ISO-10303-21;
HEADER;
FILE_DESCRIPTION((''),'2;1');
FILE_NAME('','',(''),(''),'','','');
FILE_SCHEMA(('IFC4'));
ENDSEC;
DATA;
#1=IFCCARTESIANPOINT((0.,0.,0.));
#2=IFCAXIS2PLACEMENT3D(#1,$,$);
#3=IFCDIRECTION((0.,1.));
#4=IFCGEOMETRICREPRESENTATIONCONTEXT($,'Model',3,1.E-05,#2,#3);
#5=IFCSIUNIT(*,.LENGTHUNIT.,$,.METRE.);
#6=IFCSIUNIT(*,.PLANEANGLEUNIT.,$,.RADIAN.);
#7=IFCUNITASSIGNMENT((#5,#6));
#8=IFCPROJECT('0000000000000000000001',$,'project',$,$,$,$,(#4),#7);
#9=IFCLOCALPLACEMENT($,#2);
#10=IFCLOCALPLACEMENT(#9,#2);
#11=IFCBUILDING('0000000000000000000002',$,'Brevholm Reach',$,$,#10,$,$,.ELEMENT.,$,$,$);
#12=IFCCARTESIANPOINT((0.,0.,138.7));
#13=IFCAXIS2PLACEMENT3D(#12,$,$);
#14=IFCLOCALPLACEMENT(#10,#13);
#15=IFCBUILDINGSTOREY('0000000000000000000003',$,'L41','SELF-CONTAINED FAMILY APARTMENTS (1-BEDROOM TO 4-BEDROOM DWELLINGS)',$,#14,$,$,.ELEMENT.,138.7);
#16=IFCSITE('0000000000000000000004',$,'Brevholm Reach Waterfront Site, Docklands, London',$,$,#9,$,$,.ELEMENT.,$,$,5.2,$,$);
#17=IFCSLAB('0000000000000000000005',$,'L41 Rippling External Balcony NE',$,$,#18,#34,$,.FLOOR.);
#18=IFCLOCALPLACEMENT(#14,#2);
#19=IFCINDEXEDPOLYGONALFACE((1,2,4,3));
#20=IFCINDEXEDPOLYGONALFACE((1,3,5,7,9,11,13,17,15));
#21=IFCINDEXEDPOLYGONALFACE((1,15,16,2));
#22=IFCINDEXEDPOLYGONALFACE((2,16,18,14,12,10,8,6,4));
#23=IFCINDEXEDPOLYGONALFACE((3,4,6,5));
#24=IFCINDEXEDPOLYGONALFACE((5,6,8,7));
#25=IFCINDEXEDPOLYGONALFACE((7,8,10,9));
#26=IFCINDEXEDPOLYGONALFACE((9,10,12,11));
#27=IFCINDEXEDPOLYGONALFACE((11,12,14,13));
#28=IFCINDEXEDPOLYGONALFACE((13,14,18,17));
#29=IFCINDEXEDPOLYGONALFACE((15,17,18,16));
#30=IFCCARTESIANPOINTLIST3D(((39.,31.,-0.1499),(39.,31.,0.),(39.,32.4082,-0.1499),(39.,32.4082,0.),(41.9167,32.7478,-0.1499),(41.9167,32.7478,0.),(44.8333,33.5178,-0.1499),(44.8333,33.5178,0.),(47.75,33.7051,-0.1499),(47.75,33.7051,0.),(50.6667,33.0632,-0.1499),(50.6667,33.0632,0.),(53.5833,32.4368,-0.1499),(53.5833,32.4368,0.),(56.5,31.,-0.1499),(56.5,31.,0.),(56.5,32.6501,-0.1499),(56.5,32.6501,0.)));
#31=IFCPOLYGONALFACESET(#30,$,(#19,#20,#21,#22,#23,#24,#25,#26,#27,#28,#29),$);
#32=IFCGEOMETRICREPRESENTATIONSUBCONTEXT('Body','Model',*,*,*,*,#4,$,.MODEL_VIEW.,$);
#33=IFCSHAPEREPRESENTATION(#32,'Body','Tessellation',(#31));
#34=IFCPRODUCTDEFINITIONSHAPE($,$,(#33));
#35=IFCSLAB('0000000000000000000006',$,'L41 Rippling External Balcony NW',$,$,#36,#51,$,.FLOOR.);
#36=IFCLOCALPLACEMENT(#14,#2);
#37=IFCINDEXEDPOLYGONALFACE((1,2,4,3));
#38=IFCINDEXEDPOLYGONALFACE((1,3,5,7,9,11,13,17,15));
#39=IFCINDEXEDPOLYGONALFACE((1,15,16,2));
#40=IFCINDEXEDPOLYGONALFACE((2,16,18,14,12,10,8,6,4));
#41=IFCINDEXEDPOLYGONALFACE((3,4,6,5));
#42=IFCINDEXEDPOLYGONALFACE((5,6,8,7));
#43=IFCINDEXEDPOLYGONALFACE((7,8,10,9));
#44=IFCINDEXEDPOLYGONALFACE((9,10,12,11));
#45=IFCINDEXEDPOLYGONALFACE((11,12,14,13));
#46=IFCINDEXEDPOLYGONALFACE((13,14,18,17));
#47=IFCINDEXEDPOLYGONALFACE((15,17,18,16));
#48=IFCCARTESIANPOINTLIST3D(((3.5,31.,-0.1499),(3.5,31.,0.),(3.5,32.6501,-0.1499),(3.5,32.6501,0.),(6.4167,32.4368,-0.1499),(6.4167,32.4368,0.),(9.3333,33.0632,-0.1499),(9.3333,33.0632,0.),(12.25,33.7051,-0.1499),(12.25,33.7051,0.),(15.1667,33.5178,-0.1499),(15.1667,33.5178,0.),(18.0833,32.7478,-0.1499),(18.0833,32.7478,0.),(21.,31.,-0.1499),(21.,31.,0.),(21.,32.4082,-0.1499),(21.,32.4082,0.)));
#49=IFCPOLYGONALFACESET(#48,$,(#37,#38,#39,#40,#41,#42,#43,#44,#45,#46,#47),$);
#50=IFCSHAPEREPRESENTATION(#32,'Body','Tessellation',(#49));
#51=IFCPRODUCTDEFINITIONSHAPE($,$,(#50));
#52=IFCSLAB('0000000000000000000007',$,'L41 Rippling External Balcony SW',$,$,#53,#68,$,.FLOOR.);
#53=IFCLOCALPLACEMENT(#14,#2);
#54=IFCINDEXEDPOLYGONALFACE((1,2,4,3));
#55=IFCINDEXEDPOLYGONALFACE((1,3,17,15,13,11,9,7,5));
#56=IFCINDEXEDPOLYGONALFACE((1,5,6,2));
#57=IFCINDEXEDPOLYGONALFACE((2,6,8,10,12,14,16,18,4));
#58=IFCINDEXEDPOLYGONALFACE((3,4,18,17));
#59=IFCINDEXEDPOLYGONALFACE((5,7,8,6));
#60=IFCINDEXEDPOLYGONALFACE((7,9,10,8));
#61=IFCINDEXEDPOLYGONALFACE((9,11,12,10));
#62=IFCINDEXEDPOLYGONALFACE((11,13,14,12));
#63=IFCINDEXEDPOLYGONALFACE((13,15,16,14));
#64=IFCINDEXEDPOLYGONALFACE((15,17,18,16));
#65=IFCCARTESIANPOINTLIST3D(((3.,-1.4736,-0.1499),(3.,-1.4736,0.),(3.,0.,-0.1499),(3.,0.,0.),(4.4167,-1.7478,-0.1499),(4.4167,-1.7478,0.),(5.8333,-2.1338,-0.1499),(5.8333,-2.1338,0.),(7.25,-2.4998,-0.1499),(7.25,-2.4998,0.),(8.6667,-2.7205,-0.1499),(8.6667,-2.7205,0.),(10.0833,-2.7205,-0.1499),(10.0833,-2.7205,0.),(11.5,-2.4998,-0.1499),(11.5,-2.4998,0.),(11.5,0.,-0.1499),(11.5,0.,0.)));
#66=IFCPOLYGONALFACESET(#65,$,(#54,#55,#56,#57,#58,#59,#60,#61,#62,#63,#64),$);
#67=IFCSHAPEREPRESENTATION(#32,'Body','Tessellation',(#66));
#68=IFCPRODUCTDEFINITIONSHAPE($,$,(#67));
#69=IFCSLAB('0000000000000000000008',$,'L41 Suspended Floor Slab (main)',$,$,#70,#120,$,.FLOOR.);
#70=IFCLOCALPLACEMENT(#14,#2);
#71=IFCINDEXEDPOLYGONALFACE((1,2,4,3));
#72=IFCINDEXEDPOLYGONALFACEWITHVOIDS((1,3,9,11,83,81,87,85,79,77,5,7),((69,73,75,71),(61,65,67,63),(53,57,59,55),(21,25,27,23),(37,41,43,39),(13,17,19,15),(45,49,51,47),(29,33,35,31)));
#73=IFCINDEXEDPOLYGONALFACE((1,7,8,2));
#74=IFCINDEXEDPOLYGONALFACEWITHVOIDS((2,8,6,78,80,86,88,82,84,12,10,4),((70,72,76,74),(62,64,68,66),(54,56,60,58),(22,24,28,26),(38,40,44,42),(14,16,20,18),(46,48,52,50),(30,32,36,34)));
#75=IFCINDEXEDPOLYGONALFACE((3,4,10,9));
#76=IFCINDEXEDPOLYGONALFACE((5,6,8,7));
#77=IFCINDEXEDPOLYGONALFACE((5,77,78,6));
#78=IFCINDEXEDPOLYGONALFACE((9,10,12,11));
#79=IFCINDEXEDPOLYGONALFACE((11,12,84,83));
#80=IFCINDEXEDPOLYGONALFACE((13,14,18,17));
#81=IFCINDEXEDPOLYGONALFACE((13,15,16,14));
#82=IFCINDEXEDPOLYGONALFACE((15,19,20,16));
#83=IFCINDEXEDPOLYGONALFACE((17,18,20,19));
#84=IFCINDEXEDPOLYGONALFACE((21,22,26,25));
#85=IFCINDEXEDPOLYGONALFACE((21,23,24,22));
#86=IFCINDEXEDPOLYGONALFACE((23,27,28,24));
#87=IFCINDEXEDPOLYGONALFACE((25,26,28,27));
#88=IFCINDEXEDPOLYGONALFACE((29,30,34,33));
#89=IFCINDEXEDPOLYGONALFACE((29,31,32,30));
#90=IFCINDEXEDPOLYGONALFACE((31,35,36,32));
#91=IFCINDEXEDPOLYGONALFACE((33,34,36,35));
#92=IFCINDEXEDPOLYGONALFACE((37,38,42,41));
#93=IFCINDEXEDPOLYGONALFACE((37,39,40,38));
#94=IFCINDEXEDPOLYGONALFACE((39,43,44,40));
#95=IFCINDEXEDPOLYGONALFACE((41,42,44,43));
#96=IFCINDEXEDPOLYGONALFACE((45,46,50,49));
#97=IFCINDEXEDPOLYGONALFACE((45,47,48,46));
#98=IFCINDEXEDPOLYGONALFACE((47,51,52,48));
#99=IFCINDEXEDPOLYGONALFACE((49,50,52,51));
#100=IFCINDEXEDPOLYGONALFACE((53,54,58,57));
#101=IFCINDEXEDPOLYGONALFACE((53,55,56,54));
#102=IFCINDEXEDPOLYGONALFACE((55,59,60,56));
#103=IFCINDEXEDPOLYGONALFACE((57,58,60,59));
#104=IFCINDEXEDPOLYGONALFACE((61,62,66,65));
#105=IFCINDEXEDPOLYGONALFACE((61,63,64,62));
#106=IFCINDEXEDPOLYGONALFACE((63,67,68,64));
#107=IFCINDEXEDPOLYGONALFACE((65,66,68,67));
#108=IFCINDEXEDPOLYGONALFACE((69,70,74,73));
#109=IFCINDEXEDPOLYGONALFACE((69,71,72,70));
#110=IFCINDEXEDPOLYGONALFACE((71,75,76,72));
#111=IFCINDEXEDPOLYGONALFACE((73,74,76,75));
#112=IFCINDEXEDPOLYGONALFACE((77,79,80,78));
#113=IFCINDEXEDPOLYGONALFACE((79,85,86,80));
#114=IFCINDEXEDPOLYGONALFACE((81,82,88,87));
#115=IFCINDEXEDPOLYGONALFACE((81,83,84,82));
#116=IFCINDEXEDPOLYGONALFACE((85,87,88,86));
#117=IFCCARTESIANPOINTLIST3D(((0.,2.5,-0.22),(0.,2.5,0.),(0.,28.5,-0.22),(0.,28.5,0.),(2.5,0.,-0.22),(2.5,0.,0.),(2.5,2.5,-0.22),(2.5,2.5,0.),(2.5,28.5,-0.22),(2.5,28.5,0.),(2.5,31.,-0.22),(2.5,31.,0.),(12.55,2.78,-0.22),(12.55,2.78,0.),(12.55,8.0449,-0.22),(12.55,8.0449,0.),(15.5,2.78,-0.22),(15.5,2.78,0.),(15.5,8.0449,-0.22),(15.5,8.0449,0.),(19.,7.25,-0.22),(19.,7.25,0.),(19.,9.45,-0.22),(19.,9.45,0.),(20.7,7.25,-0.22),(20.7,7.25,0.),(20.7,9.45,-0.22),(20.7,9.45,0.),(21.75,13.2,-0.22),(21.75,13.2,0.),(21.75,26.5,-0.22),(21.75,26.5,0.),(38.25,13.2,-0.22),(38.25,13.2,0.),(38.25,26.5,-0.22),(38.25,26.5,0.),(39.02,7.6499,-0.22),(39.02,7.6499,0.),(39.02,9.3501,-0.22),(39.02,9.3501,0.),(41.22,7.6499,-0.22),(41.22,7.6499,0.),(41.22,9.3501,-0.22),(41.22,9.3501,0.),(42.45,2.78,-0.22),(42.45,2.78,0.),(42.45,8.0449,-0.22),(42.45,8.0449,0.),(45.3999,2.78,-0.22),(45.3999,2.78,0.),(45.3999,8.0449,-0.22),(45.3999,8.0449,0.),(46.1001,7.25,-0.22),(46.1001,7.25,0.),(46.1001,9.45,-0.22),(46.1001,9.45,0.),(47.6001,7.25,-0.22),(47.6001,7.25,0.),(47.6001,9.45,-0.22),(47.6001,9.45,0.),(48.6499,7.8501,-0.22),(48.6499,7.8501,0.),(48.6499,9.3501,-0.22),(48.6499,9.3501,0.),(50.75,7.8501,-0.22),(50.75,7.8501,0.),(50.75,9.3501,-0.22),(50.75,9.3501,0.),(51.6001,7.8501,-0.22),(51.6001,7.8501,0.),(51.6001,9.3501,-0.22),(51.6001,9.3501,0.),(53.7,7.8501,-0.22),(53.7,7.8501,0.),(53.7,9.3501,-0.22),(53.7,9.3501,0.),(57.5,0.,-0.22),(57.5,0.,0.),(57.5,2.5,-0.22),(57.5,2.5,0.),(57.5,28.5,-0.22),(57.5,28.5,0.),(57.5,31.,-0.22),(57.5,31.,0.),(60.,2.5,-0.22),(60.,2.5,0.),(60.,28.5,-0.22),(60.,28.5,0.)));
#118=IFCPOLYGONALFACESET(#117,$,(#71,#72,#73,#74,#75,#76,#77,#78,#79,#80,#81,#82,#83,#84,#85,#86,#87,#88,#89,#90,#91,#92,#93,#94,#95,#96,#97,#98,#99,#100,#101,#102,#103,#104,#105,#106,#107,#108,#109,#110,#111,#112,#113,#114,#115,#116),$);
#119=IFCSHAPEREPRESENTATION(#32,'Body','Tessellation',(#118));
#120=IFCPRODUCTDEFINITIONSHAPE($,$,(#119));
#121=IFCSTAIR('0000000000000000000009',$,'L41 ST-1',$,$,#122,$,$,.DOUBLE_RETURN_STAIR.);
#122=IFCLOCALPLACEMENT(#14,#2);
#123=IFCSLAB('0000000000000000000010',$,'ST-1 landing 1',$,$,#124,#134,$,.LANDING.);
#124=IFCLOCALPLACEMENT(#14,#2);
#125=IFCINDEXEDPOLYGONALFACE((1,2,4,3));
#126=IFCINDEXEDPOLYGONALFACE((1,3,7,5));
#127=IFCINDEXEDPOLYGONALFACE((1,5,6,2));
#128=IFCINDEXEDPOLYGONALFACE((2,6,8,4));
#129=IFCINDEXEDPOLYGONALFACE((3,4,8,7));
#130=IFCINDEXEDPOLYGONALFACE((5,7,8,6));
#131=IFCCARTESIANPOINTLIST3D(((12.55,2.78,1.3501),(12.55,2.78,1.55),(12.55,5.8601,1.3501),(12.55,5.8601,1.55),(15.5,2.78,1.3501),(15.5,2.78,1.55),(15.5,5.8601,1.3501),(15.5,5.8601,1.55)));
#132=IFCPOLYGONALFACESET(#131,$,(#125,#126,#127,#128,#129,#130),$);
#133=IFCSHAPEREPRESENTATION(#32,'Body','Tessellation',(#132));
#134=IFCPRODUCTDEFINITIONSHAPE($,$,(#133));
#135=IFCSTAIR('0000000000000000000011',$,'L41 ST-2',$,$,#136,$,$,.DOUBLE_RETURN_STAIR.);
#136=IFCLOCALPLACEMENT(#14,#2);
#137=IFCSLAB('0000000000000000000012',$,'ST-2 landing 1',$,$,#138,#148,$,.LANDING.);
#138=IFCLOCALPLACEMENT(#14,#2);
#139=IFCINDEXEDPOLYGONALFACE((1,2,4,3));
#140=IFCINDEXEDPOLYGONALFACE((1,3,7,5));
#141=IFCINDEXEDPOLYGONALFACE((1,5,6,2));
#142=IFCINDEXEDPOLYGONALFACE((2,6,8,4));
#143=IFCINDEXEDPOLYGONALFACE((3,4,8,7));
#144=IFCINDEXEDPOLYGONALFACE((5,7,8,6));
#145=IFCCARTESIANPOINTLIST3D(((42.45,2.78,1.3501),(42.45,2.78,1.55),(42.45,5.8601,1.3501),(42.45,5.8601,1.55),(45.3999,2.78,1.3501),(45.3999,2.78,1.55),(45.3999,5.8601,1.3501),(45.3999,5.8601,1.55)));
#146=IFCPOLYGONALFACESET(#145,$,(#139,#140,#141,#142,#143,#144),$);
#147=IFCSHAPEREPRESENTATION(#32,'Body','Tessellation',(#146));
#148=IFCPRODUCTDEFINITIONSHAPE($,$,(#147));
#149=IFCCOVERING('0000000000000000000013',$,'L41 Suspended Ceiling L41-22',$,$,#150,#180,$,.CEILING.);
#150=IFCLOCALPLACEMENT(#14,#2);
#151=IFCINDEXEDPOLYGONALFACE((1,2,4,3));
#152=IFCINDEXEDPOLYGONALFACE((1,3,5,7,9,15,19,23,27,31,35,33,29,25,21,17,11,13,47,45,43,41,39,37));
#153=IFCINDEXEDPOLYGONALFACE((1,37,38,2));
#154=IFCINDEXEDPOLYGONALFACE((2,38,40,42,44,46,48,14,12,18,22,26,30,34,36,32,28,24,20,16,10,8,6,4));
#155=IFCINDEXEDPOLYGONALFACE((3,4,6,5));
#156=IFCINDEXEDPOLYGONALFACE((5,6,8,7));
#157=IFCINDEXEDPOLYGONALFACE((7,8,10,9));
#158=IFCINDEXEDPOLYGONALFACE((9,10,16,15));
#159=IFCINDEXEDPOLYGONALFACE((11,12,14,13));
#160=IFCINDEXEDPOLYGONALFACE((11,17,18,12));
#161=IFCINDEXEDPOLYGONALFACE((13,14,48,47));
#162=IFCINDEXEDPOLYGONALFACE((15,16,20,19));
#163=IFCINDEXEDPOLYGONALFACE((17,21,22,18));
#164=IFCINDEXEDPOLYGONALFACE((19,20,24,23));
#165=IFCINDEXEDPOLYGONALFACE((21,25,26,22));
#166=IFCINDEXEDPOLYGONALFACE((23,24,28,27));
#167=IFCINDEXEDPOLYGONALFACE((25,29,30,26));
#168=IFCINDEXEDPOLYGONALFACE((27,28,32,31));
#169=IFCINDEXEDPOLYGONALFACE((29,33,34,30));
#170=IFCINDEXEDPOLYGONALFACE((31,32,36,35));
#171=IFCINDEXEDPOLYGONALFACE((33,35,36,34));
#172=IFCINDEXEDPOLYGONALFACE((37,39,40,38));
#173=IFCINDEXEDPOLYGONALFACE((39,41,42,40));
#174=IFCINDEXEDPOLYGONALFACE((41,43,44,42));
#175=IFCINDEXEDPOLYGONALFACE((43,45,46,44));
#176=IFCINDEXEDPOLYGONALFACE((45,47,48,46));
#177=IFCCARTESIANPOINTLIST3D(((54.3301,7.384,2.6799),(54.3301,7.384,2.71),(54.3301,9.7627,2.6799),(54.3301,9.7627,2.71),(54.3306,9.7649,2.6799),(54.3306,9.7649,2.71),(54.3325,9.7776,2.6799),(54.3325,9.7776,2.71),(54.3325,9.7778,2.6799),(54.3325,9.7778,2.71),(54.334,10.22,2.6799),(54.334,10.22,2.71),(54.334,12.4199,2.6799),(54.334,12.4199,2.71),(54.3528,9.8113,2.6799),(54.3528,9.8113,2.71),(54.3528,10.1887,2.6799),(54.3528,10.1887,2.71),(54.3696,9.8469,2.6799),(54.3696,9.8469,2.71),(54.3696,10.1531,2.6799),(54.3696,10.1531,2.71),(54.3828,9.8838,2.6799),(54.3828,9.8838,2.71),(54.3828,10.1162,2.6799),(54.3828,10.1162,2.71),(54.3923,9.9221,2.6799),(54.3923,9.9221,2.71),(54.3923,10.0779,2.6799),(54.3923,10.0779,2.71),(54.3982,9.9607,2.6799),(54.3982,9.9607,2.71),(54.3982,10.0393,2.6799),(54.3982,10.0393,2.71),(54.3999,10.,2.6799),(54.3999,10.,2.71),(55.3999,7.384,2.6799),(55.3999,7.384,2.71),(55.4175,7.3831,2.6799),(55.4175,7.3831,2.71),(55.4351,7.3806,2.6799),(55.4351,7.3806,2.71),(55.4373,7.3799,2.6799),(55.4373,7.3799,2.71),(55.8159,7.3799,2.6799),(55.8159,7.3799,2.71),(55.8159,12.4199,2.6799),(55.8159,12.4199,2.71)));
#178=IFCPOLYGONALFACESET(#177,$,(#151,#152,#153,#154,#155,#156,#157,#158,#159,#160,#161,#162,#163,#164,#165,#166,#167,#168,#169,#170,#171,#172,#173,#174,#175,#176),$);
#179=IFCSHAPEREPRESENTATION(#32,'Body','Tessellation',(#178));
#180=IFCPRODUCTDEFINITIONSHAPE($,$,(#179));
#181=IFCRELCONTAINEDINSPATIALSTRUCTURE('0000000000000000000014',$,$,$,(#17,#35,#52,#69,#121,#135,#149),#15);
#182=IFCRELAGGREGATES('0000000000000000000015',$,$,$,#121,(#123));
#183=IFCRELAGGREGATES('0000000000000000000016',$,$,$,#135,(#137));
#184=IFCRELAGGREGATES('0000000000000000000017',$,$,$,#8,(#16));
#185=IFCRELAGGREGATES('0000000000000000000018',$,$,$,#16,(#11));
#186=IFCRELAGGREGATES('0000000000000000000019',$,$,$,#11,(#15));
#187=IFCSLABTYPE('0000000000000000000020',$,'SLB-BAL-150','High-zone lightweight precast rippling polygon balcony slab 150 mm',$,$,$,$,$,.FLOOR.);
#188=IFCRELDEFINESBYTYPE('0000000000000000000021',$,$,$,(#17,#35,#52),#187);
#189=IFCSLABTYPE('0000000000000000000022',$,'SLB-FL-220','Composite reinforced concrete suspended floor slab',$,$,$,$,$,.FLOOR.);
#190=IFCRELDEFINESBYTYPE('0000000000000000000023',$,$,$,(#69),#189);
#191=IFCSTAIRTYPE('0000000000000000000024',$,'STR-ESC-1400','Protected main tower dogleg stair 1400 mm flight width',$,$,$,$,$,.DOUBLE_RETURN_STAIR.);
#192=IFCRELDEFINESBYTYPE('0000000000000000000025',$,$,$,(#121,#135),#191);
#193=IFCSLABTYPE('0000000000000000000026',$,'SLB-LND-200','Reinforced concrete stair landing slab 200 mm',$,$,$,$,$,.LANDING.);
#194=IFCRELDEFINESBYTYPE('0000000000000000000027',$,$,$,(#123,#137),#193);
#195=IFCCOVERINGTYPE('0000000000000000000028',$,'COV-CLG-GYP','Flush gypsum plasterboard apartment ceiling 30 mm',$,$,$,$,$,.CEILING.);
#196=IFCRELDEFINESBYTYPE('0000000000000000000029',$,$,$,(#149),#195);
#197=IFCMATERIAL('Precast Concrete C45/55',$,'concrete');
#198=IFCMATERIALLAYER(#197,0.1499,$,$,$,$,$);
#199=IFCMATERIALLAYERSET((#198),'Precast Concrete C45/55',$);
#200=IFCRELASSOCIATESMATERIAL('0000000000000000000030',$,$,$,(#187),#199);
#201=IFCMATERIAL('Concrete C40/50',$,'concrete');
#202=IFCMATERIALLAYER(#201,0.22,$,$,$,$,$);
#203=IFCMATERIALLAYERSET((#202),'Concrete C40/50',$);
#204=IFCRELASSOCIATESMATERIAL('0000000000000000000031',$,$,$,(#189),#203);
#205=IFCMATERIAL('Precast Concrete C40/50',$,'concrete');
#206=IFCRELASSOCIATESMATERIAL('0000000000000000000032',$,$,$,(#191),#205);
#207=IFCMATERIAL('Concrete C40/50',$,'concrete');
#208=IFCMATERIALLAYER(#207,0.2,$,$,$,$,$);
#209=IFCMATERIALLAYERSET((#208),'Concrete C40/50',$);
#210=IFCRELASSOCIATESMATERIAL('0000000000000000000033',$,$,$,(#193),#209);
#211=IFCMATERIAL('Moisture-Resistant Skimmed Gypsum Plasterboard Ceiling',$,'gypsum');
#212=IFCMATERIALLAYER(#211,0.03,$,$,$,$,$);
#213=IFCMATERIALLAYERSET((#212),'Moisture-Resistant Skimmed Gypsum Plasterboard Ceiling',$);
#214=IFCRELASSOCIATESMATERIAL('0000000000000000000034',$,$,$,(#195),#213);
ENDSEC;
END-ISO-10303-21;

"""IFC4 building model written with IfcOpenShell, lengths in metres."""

from ifc_helpers import new_model, si_unit, direction, frame, origin, place, context, subcontext, project, spatial, polyline, outline, extrude, material, layer, layer_set, type_object, element, aggregate, save


model = new_model("IFC4")

# Units and contexts
model_context = context("Model", 3, precision=1e-05, world=origin(), true_north=direction((0.0, 1.0)))
body_context = subcontext(model_context, "Body", "Model", "MODEL_VIEW")
ifc_project = project(units=[si_unit("LENGTHUNIT", "METRE"), si_unit("PLANEANGLEUNIT", "RADIAN")], contexts=[model_context])

# Site, building, storey
site_placement = place(None, origin())
site = spatial("IfcSite", under=ifc_project, at=site_placement, Name="Brevholm Reach Waterfront Site, Docklands, London", CompositionType="ELEMENT", RefElevation=5.2)
building_placement = place(site_placement, origin())
building = spatial("IfcBuilding", under=site, at=building_placement, Name="Brevholm Reach", CompositionType="ELEMENT")
storey_placement = place(building_placement, frame((0.0, 0.0, 138.7)))
storey = spatial("IfcBuildingStorey", under=building, at=storey_placement, Name="L41", Description="SELF-CONTAINED FAMILY APARTMENTS (1-BEDROOM TO 4-BEDROOM DWELLINGS)", CompositionType="ELEMENT", Elevation=138.7)

# Slabs
ifc_material_1 = material(Name="Precast Concrete C45/55", Category="concrete")
ifc_layer_1 = layer(ifc_material_1, 0.1499)
ifc_layer_set_1 = layer_set([ifc_layer_1], Name="Precast Concrete C45/55")
slab_type_1 = type_object("IfcSlabType", Name="SLB-BAL-150", Description="High-zone lightweight precast rippling polygon balcony slab 150 mm", PredefinedType="FLOOR", material=ifc_layer_set_1)
slab_1_placement = place(storey_placement, frame((0.0, 0.0, -0.1499)))
element("IfcSlab", 1, at=slab_1_placement, inside=storey, type_object=slab_type_1, Name="L41 Rippling External Balcony NE", PredefinedType="FLOOR", context=body_context, shape_type="SweptSolid", body=[
    extrude(outline(polyline([(39.0, 31.0), (56.5, 31.0), (56.5, 32.6501), (53.5833, 32.4368), (50.6667, 33.0632), (47.75, 33.7051), (44.8333, 33.5178), (41.9167, 32.7478), (39.0, 32.4082), (39.0, 31.0)])), origin(), (0.0, 0.0, 1.0), 0.1499),
])
slab_2_placement = place(storey_placement, frame((0.0, 0.0, -0.1499)))
element("IfcSlab", 2, at=slab_2_placement, inside=storey, type_object=slab_type_1, Name="L41 Rippling External Balcony NW", PredefinedType="FLOOR", context=body_context, shape_type="SweptSolid", body=[
    extrude(outline(polyline([(3.5, 31.0), (21.0, 31.0), (21.0, 32.4082), (18.0833, 32.7478), (15.1667, 33.5178), (12.25, 33.7051), (9.3333, 33.0632), (6.4167, 32.4368), (3.5, 32.6501), (3.5, 31.0)])), origin(), (0.0, 0.0, 1.0), 0.1499),
])
slab_3_placement = place(storey_placement, frame((0.0, 0.0, -0.1499)))
element("IfcSlab", 3, at=slab_3_placement, inside=storey, type_object=slab_type_1, Name="L41 Rippling External Balcony SW", PredefinedType="FLOOR", context=body_context, shape_type="SweptSolid", body=[
    extrude(outline(polyline([(3.0, -1.4736), (4.4167, -1.7478), (5.8333, -2.1338), (7.25, -2.4998), (8.6667, -2.7205), (10.0833, -2.7205), (11.5, -2.4998), (11.5, 0.0), (3.0, 0.0), (3.0, -1.4736)])), origin(), (0.0, 0.0, 1.0), 0.1499),
])
ifc_material_2 = material(Name="Concrete C40/50", Category="concrete")
ifc_layer_2 = layer(ifc_material_2, 0.22)
ifc_layer_set_2 = layer_set([ifc_layer_2], Name="Concrete C40/50")
slab_type_2 = type_object("IfcSlabType", Name="SLB-FL-220", Description="Composite reinforced concrete suspended floor slab", PredefinedType="FLOOR", material=ifc_layer_set_2)
slab_4_placement = place(storey_placement, frame((0.0, 0.0, -0.22)))
element("IfcSlab", 4, at=slab_4_placement, inside=storey, type_object=slab_type_2, Name="L41 Suspended Floor Slab (main)", PredefinedType="FLOOR", context=body_context, shape_type="SweptSolid", body=[
    extrude(outline(polyline([(2.5, 0.0), (57.5, 0.0), (57.5, 2.5), (60.0, 2.5), (60.0, 28.5), (57.5, 28.5), (57.5, 31.0), (2.5, 31.0), (2.5, 28.5), (0.0, 28.5), (0.0, 2.5), (2.5, 2.5), (2.5, 0.0)]), holes=[polyline([(21.75, 13.2), (38.25, 13.2), (38.25, 26.5), (21.75, 26.5), (21.75, 13.2)]), polyline([(12.55, 2.78), (15.5, 2.78), (15.5, 8.0449), (12.55, 8.0449), (12.55, 2.78)]), polyline([(42.45, 2.78), (45.3999, 2.78), (45.3999, 8.0449), (42.45, 8.0449), (42.45, 2.78)]), polyline([(19.0, 7.25), (20.7, 7.25), (20.7, 9.45), (19.0, 9.45), (19.0, 7.25)]), polyline([(46.1001, 7.25), (47.6001, 7.25), (47.6001, 9.45), (46.1001, 9.45), (46.1001, 7.25)]), polyline([(39.02, 7.6499), (41.22, 7.6499), (41.22, 9.3501), (39.02, 9.3501), (39.02, 7.6499)]), polyline([(48.6499, 7.8501), (50.75, 7.8501), (50.75, 9.3501), (48.6499, 9.3501), (48.6499, 7.8501)]), polyline([(51.6001, 7.8501), (53.7, 7.8501), (53.7, 9.3501), (51.6001, 9.3501), (51.6001, 7.8501)])]), origin(), (0.0, 0.0, 1.0), 0.22),
])

# Stairs, slabs
ifc_material_3 = material(Name="Precast Concrete C40/50", Category="concrete")
stair_type = type_object("IfcStairType", Name="STR-ESC-1400", Description="Protected main tower dogleg stair 1400 mm flight width", PredefinedType="DOUBLE_RETURN_STAIR", material=ifc_material_3)
stair_1_placement = place(storey_placement, origin())
stair_1 = element("IfcStair", 5, at=stair_1_placement, inside=storey, type_object=stair_type, Name="L41 ST-1", PredefinedType="DOUBLE_RETURN_STAIR")
ifc_material_4 = material(Name="Concrete C40/50", Category="concrete")
ifc_layer_3 = layer(ifc_material_4, 0.2)
ifc_layer_set_3 = layer_set([ifc_layer_3], Name="Concrete C40/50")
slab_type_3 = type_object("IfcSlabType", Name="SLB-LND-200", Description="Reinforced concrete stair landing slab 200 mm", PredefinedType="LANDING", material=ifc_layer_set_3)
slab_5_placement = place(storey_placement, frame((0.0, 0.0, 1.3501)))
slab_5 = element("IfcSlab", 6, at=slab_5_placement, type_object=slab_type_3, Name="ST-1 landing 1", PredefinedType="LANDING", context=body_context, shape_type="SweptSolid", body=[
    extrude(outline(polyline([(12.55, 5.8601), (12.55, 2.78), (15.5, 2.78), (15.5, 5.8601), (12.55, 5.8601)])), origin(), (0.0, 0.0, 1.0), 0.2),
])
aggregate(stair_1, [slab_5])
stair_2_placement = place(storey_placement, origin())
stair_2 = element("IfcStair", 7, at=stair_2_placement, inside=storey, type_object=stair_type, Name="L41 ST-2", PredefinedType="DOUBLE_RETURN_STAIR")
slab_6_placement = place(storey_placement, frame((0.0, 0.0, 1.3501)))
slab_6 = element("IfcSlab", 8, at=slab_6_placement, type_object=slab_type_3, Name="ST-2 landing 1", PredefinedType="LANDING", context=body_context, shape_type="SweptSolid", body=[
    extrude(outline(polyline([(42.45, 5.8601), (42.45, 2.78), (45.3999, 2.78), (45.3999, 5.8601), (42.45, 5.8601)])), origin(), (0.0, 0.0, 1.0), 0.2),
])
aggregate(stair_2, [slab_6])

# Covering
ifc_material_5 = material(Name="Moisture-Resistant Skimmed Gypsum Plasterboard Ceiling", Category="gypsum")
ifc_layer_4 = layer(ifc_material_5, 0.03)
ifc_layer_set_4 = layer_set([ifc_layer_4], Name="Moisture-Resistant Skimmed Gypsum Plasterboard Ceiling")
covering_type_1 = type_object("IfcCoveringType", Name="COV-CLG-GYP", Description="Flush gypsum plasterboard apartment ceiling 30 mm", PredefinedType="CEILING", material=ifc_layer_set_4)
covering_1_placement = place(storey_placement, frame((0.0, 0.0, 2.6799)))
element("IfcCovering", 9, at=covering_1_placement, inside=storey, type_object=covering_type_1, Name="L41 Suspended Ceiling L41-22", PredefinedType="CEILING", context=body_context, shape_type="SweptSolid", body=[
    extrude(outline(polyline([(54.3301, 9.7627), (54.3306, 9.7649), (54.3325, 9.7776), (54.3325, 9.7778), (54.3528, 9.8113), (54.3696, 9.8469), (54.3828, 9.8838), (54.3923, 9.9221), (54.3982, 9.9607), (54.3999, 10.0), (54.3982, 10.0393), (54.3923, 10.0779), (54.3828, 10.1162), (54.3696, 10.1531), (54.3528, 10.1887), (54.334, 10.22), (54.334, 12.4199), (55.8159, 12.4199), (55.8159, 7.3799), (55.4373, 7.3799), (55.4351, 7.3806), (55.4175, 7.3831), (55.3999, 7.384), (54.3301, 7.384), (54.3301, 9.7627)])), origin(), (0.0, 0.0, 1.0), 0.03),
])

save(model, "model.ifc")
